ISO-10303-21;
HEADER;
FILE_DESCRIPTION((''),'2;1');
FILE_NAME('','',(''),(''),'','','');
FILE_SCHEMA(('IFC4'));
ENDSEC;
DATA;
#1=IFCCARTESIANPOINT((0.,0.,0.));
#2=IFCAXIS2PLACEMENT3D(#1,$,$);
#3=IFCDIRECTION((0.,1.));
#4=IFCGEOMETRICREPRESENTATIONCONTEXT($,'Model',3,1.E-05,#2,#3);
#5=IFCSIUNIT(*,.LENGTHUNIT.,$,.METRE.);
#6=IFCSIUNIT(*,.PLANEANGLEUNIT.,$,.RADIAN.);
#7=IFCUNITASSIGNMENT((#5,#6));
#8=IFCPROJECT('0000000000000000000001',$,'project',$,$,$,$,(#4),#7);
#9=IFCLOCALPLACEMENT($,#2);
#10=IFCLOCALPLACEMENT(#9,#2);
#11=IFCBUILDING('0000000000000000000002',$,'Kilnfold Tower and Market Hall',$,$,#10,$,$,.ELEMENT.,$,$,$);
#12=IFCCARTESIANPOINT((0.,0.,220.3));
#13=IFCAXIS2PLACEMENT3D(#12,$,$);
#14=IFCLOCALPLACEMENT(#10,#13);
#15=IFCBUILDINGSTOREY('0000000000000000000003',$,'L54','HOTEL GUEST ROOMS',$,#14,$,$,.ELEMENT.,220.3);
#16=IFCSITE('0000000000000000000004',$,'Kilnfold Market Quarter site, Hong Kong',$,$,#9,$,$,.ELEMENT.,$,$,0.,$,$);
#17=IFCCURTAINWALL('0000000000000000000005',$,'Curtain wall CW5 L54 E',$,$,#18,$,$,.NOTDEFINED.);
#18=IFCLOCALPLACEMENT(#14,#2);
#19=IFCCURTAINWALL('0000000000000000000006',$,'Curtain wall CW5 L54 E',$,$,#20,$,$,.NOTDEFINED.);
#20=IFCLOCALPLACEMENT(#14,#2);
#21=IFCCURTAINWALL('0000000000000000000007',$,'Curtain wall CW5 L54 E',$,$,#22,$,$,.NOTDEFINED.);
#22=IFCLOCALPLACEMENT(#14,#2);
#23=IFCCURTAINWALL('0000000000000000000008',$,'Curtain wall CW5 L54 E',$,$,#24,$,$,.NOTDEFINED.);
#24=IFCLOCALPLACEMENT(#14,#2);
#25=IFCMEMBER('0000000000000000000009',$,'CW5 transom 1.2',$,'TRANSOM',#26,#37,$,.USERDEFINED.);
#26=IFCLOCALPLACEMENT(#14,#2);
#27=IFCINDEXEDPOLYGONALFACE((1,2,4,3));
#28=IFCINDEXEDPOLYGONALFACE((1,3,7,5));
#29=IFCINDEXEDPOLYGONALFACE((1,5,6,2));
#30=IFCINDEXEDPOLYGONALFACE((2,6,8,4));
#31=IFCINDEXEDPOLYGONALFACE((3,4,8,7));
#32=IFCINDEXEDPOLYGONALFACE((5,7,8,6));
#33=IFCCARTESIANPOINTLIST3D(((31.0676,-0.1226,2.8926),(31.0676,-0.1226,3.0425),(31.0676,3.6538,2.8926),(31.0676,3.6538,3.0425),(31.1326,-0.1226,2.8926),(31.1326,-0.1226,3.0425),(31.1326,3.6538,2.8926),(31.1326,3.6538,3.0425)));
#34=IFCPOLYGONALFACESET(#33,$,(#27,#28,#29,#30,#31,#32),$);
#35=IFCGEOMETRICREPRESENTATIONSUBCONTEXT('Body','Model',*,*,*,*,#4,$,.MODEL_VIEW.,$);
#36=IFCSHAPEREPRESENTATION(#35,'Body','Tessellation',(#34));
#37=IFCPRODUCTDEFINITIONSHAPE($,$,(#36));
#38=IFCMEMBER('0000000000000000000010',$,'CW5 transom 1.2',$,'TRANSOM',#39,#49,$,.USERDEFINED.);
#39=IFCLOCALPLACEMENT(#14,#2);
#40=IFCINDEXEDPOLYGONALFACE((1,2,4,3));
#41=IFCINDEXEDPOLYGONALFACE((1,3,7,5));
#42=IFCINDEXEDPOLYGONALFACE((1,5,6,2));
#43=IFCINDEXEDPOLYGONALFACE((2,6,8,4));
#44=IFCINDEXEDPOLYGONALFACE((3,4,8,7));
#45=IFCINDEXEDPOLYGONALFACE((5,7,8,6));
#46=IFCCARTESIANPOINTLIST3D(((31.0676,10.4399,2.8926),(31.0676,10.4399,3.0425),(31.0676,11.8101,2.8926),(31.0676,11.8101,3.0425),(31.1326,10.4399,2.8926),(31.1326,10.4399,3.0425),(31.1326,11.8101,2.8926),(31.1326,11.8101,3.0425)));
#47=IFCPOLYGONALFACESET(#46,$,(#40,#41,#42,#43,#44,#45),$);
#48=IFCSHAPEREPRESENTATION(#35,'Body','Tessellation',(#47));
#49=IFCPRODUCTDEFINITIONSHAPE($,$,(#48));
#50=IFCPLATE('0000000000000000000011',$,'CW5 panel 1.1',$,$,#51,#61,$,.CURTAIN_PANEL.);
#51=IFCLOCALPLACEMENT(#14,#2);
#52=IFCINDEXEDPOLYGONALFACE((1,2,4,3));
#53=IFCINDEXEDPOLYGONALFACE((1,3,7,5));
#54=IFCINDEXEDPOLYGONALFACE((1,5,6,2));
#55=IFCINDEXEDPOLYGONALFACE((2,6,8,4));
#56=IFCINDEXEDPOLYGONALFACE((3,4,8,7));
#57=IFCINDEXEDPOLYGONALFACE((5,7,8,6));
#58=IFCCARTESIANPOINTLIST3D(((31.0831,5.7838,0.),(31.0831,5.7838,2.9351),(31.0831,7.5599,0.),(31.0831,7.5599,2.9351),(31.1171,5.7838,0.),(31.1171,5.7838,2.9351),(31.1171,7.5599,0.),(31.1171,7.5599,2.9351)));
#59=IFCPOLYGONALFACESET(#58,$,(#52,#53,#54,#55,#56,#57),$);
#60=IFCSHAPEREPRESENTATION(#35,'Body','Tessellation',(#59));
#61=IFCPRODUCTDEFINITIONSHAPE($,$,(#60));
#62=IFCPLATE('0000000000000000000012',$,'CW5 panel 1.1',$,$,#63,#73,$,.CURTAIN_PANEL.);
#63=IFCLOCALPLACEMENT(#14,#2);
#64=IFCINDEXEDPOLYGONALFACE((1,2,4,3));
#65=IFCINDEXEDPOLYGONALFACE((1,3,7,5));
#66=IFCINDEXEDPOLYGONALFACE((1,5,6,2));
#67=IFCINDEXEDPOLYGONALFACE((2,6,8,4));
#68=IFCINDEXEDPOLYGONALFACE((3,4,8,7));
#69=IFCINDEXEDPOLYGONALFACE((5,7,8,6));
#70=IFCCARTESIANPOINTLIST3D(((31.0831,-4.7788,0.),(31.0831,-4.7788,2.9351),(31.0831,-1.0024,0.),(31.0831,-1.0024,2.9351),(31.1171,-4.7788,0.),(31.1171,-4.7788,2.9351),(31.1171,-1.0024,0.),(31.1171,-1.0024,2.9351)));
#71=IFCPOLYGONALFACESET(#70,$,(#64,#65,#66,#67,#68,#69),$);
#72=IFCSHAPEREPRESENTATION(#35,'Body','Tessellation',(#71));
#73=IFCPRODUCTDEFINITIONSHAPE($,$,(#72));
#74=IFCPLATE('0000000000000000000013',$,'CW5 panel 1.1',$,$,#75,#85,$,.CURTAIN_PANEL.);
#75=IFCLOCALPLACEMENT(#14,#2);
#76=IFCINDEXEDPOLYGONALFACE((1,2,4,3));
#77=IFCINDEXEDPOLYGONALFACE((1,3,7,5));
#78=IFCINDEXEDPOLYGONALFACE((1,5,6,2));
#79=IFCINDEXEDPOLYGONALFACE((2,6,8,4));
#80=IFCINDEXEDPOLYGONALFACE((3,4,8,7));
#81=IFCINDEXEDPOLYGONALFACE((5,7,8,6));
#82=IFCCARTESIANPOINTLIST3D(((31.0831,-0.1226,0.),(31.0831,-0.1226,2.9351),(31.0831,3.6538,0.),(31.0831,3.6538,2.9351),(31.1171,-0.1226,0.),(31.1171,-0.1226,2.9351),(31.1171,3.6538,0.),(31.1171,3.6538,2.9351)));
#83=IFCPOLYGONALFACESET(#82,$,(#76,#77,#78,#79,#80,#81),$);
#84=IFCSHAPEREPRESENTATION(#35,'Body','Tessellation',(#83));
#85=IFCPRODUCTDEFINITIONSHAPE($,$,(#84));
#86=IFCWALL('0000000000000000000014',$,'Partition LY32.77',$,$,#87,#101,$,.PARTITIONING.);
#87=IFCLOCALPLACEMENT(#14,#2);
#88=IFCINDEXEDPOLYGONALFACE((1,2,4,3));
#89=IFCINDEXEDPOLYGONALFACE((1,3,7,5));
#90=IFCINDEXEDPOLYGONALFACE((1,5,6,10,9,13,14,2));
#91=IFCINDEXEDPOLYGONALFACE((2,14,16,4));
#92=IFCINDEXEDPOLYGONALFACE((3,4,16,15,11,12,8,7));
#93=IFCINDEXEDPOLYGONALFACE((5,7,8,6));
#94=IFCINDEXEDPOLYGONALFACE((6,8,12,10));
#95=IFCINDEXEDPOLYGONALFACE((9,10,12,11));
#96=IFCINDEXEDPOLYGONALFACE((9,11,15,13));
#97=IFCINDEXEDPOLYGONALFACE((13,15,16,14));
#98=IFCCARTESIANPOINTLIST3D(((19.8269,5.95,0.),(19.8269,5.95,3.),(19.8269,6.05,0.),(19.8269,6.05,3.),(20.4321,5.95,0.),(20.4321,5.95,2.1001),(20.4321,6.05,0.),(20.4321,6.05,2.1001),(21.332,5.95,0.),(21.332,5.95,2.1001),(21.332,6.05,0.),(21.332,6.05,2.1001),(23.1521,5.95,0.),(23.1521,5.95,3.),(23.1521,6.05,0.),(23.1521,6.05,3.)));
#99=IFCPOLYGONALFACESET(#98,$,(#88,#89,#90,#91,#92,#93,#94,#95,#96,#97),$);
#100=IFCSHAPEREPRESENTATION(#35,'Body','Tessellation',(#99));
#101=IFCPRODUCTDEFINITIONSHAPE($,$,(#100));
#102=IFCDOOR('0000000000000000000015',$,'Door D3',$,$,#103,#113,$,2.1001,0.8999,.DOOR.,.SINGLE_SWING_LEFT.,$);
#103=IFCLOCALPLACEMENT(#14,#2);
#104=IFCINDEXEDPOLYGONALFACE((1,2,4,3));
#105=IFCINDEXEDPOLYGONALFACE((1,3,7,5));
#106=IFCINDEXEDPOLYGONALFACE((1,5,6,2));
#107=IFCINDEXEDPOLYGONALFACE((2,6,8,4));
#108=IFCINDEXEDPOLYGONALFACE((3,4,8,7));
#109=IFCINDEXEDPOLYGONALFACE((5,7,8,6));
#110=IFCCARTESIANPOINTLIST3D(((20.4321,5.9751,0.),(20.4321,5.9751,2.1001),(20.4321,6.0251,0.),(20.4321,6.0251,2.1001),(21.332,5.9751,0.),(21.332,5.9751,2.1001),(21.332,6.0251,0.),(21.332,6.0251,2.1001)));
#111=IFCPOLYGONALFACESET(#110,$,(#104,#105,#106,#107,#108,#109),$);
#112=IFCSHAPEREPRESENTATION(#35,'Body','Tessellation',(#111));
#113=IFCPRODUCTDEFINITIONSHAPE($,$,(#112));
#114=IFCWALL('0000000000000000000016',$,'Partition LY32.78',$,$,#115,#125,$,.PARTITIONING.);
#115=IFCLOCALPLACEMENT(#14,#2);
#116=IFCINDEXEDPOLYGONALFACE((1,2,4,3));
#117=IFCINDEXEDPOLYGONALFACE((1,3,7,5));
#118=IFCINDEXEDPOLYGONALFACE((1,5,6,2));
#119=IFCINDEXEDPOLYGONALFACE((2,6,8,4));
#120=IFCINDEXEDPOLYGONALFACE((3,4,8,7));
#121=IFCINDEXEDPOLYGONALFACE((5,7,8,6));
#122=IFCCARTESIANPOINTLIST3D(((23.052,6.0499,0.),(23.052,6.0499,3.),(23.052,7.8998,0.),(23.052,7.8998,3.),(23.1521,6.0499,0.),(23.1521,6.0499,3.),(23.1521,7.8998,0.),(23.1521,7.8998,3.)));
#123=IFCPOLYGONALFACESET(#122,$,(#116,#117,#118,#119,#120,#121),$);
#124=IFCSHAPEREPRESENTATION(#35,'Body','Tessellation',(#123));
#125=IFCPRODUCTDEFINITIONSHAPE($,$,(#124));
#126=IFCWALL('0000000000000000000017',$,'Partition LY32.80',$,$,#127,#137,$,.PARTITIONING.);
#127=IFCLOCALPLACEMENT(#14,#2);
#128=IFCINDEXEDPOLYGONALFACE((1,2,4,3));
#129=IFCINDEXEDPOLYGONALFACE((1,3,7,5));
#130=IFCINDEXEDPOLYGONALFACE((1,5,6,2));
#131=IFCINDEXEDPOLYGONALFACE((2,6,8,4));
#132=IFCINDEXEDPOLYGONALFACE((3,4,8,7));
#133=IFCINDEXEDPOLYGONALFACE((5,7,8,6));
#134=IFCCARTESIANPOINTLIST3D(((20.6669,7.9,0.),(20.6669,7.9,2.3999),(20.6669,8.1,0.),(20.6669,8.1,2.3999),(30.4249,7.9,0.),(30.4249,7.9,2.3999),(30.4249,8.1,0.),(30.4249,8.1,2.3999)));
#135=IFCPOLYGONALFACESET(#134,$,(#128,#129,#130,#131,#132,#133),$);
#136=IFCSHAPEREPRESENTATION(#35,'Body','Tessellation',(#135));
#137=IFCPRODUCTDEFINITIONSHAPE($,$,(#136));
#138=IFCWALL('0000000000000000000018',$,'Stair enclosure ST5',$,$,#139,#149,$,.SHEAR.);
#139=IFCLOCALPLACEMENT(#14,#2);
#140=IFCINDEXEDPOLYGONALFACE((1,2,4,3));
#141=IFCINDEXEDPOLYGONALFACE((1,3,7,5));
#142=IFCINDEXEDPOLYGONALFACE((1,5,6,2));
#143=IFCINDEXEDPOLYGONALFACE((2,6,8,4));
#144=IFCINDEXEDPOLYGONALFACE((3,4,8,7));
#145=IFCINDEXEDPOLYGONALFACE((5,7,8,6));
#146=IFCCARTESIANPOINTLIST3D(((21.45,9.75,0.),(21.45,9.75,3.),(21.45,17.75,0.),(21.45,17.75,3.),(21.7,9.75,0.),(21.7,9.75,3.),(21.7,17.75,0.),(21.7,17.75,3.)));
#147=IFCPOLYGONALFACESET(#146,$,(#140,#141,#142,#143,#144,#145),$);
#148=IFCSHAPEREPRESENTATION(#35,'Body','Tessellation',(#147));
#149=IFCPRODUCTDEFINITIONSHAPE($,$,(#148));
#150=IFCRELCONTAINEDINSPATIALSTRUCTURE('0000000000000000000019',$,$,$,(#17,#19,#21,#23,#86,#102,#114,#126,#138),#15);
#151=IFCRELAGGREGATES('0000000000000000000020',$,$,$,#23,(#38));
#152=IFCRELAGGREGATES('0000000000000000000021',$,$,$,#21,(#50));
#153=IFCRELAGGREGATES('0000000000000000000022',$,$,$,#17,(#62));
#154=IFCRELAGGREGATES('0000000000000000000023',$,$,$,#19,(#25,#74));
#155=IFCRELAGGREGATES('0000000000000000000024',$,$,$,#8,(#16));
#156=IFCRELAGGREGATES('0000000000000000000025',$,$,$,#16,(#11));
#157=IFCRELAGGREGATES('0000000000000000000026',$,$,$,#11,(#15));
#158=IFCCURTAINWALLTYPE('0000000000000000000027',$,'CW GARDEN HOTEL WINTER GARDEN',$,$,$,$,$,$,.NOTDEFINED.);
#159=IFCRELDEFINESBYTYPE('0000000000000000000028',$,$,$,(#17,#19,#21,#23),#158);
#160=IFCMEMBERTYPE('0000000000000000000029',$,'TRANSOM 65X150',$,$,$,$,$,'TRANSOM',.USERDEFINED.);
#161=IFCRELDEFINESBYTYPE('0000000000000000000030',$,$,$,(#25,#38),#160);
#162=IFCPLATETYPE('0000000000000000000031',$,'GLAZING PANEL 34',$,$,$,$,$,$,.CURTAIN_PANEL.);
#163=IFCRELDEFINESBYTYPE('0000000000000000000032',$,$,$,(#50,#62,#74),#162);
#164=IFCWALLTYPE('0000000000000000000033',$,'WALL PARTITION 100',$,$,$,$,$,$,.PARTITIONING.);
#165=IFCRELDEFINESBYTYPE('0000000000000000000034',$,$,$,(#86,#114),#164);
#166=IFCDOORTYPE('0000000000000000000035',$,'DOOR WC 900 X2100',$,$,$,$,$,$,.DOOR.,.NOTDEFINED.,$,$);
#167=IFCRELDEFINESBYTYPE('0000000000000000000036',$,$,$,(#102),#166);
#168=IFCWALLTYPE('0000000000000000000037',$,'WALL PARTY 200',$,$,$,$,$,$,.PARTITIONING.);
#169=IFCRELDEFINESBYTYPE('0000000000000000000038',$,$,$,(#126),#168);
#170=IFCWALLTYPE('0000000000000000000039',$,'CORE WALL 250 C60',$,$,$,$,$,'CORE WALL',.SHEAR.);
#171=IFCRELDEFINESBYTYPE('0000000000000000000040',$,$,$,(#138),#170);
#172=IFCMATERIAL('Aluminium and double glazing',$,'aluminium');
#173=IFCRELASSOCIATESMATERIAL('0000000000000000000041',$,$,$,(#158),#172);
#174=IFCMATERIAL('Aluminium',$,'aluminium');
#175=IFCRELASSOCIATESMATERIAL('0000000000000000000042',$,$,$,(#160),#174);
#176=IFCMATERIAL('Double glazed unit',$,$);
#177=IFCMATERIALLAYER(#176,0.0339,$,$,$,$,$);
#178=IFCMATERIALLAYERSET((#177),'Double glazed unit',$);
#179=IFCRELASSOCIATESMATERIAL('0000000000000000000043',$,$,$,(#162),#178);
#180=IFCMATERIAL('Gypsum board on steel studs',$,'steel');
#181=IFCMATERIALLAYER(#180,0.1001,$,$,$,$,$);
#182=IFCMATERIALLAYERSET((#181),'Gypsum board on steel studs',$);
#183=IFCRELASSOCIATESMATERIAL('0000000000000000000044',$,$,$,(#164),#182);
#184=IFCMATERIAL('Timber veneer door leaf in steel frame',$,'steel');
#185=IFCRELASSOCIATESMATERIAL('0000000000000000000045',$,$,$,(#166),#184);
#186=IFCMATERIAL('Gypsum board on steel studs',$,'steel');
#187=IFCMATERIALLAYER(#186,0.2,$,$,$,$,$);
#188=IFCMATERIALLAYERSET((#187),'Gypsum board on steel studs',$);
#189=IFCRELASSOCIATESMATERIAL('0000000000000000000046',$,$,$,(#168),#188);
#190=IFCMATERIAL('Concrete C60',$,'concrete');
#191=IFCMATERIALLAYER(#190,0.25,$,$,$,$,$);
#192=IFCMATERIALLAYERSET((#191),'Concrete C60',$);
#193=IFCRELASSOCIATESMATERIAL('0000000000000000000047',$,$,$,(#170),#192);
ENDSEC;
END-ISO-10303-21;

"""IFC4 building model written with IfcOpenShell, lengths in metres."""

from ifc_helpers import new_model, si_unit, direction, frame, frame_2d, origin, origin_2d, place, context, subcontext, project, spatial, rectangle, extrude, source, transform, mapped, material, layer, layer_set, material_profile, profile_set, type_object, element, fill, aggregate, save


model = new_model("IFC4")

# Units and contexts
model_context = context("Model", 3, precision=1e-05, world=origin(), true_north=direction((0.0, 1.0)))
body_context = subcontext(model_context, "Body", "Model", "MODEL_VIEW")
ifc_project = project(units=[si_unit("LENGTHUNIT", "METRE"), si_unit("PLANEANGLEUNIT", "RADIAN")], contexts=[model_context])

# Site, building, storey
site_placement = place(None, origin())
site = spatial("IfcSite", under=ifc_project, at=site_placement, Name="Kilnfold Market Quarter site, Hong Kong", CompositionType="ELEMENT", RefElevation=0.0)
building_placement = place(site_placement, origin())
building = spatial("IfcBuilding", under=site, at=building_placement, Name="Kilnfold Tower and Market Hall", CompositionType="ELEMENT")
storey_placement = place(building_placement, frame((0.0, 0.0, 220.3)))
storey = spatial("IfcBuildingStorey", under=building, at=storey_placement, Name="L54", Description="HOTEL GUEST ROOMS", CompositionType="ELEMENT", Elevation=220.3)

# Curtain wall
ifc_material_1 = material(Name="Aluminium and double glazing", Category="aluminium")
curtain_wall_type = type_object("IfcCurtainWallType", Name="CW GARDEN HOTEL WINTER GARDEN", PredefinedType="NOTDEFINED", material=ifc_material_1)
curtain_wall_1_placement = place(storey_placement, origin())
curtain_wall_1 = element("IfcCurtainWall", 1, at=curtain_wall_1_placement, inside=storey, type_object=curtain_wall_type, Name="Curtain wall CW5 L54 E", PredefinedType="NOTDEFINED")

# Curtain walls
curtain_wall_2_placement = place(storey_placement, origin())
curtain_wall_2 = element("IfcCurtainWall", 2, at=curtain_wall_2_placement, inside=storey, type_object=curtain_wall_type, Name="Curtain wall CW5 L54 E", PredefinedType="NOTDEFINED")
curtain_wall_3_placement = place(storey_placement, origin())
curtain_wall_3 = element("IfcCurtainWall", 3, at=curtain_wall_3_placement, inside=storey, type_object=curtain_wall_type, Name="Curtain wall CW5 L54 E", PredefinedType="NOTDEFINED")

# Curtain wall
curtain_wall_4_placement = place(storey_placement, origin())
curtain_wall_4 = element("IfcCurtainWall", 4, at=curtain_wall_4_placement, inside=storey, type_object=curtain_wall_type, Name="Curtain wall CW5 L54 E", PredefinedType="NOTDEFINED")

# Members
ifc_material_2 = material(Name="Aluminium", Category="aluminium")
ifc_material_profile_1 = material_profile(ifc_material_2, rectangle(XDim=0.0649, YDim=0.1499, at=origin_2d()), Name="TRANSOM 65x150")
ifc_profile_set_1 = profile_set([ifc_material_profile_1], Name="Aluminium")
member_type_1 = type_object("IfcMemberType", Name="TRANSOM 65X150", ElementType="TRANSOM", PredefinedType="USERDEFINED", material=ifc_profile_set_1)
shared_shape_1 = source(origin(), body_context, "Body", "SweptSolid", [
    extrude(rectangle(XDim=0.0649, YDim=0.1499, at=origin_2d()), origin(), (0.0, 0.0, 1.0), 3.7764),
])
member_1_placement = place(storey_placement, frame((31.1001, -0.1226, 2.9675), z_axis=(0.0, 1.0, 0.0), x_axis=(-1.0, 0.0, 0.0)))
member_1 = element("IfcMember", 5, at=member_1_placement, type_object=member_type_1, Name="CW5 transom 1.2", ObjectType="TRANSOM", PredefinedType="USERDEFINED", context=body_context, shape_type="MappedRepresentation", body=[
    mapped(shared_shape_1, transform((0.0, 0.0, 0.0))),
])
shared_shape_2 = source(origin(), body_context, "Body", "SweptSolid", [
    extrude(rectangle(XDim=0.0649, YDim=0.1499, at=origin_2d()), origin(), (0.0, 0.0, 1.0), 1.3701),
])
member_2_placement = place(storey_placement, frame((31.1001, 10.4399, 2.9675), z_axis=(0.0, 1.0, 0.0), x_axis=(-1.0, 0.0, 0.0)))
member_2 = element("IfcMember", 6, at=member_2_placement, type_object=member_type_1, Name="CW5 transom 1.2", ObjectType="TRANSOM", PredefinedType="USERDEFINED", context=body_context, shape_type="MappedRepresentation", body=[
    mapped(shared_shape_2, transform((0.0, 0.0, 0.0))),
])
aggregate(curtain_wall_4, [member_2])

# Plates
ifc_material_3 = material(Name="Double glazed unit")
ifc_layer_1 = layer(ifc_material_3, 0.0339)
ifc_layer_set_1 = layer_set([ifc_layer_1], Name="Double glazed unit")
plate_type = type_object("IfcPlateType", Name="GLAZING PANEL 34", PredefinedType="CURTAIN_PANEL", material=ifc_layer_set_1)
shared_shape_3 = source(origin(), body_context, "Body", "SweptSolid", [
    extrude(rectangle(XDim=1.7761, YDim=0.0339, at=origin_2d()), origin(), (0.0, 0.0, 1.0), 2.9351),
])
plate_1_placement = place(storey_placement, frame((31.1001, 6.6719, 0.0), z_axis=(0.0, 0.0, 1.0), x_axis=(0.0, 1.0, 0.0)))
plate_1 = element("IfcPlate", 7, at=plate_1_placement, type_object=plate_type, Name="CW5 panel 1.1", PredefinedType="CURTAIN_PANEL", context=body_context, shape_type="MappedRepresentation", body=[
    mapped(shared_shape_3, transform((0.0, 0.0, 0.0))),
])
aggregate(curtain_wall_3, [plate_1])
shared_shape_4 = source(origin(), body_context, "Body", "SweptSolid", [
    extrude(rectangle(XDim=3.7764, YDim=0.0339, at=origin_2d()), origin(), (0.0, 0.0, 1.0), 2.9351),
])
plate_2_placement = place(storey_placement, frame((31.1001, -2.8906, 0.0), z_axis=(0.0, 0.0, 1.0), x_axis=(0.0, 1.0, 0.0)))
plate_2 = element("IfcPlate", 8, at=plate_2_placement, type_object=plate_type, Name="CW5 panel 1.1", PredefinedType="CURTAIN_PANEL", context=body_context, shape_type="MappedRepresentation", body=[
    mapped(shared_shape_4, transform((0.0, 0.0, 0.0))),
])
aggregate(curtain_wall_1, [plate_2])
plate_3_placement = place(storey_placement, frame((31.1001, 1.7656, 0.0), z_axis=(0.0, 0.0, 1.0), x_axis=(0.0, 1.0, 0.0)))
plate_3 = element("IfcPlate", 9, at=plate_3_placement, type_object=plate_type, Name="CW5 panel 1.1", PredefinedType="CURTAIN_PANEL", context=body_context, shape_type="MappedRepresentation", body=[
    mapped(shared_shape_4, transform((0.0, 0.0, 0.0))),
])
aggregate(curtain_wall_2, [member_1, plate_3])

# Wall, opening, door
ifc_material_4 = material(Name="Gypsum board on steel studs", Category="steel")
ifc_layer_2 = layer(ifc_material_4, 0.1001)
ifc_layer_set_2 = layer_set([ifc_layer_2], Name="Gypsum board on steel studs")
wall_type_1 = type_object("IfcWallType", Name="WALL PARTITION 100", PredefinedType="PARTITIONING", material=ifc_layer_set_2)
wall_1_placement = place(storey_placement, frame((23.1521, 6.0, 0.0), z_axis=(0.0, 0.0, 1.0), x_axis=(-1.0, 0.0, 0.0)))
wall_1 = element("IfcWall", 10, at=wall_1_placement, inside=storey, type_object=wall_type_1, Name="Partition LY32.77", PredefinedType="PARTITIONING", context=body_context, shape_type="SweptSolid", body=[
    extrude(rectangle(XDim=3.3252, YDim=0.1001, at=frame_2d((1.6626, 0.0))), origin(), (0.0, 0.0, 1.0), 3.0),
])
opening_1_placement = place(wall_1_placement, frame((1.8201, 0.0, 0.0)))
opening_1 = element("IfcOpeningElement", 11, at=opening_1_placement, cuts=wall_1, PredefinedType="OPENING", context=body_context, shape_type="SweptSolid", body=[
    extrude(rectangle(XDim=0.8999, YDim=2.1001, at=frame_2d((0.45, 1.05))), frame((0.0, 0.0601, 0.0), z_axis=(0.0, -1.0, 0.0), x_axis=(1.0, 0.0, 0.0)), (0.0, 0.0, 1.0), 0.1201),
])
ifc_material_5 = material(Name="Timber veneer door leaf in steel frame", Category="steel")
door_type_1 = type_object("IfcDoorType", Name="DOOR WC 900 X2100", OperationType="NOTDEFINED", PredefinedType="DOOR", material=ifc_material_5)
door_1_placement = place(opening_1_placement, origin())
door_1 = element("IfcDoor", 12, at=door_1_placement, inside=storey, type_object=door_type_1, Name="Door D3", OperationType="SINGLE_SWING_LEFT", OverallHeight=2.1001, OverallWidth=0.8999, PredefinedType="DOOR", context=body_context, shape_type="SweptSolid", body=[
    extrude(rectangle(XDim=0.8999, YDim=2.1001, at=frame_2d((0.45, 1.05))), frame((0.0, 0.0249, 0.0), z_axis=(0.0, -1.0, 0.0), x_axis=(1.0, 0.0, 0.0)), (0.0, 0.0, 1.0), 0.05),
])
fill(opening_1, door_1)

# Walls
wall_2_placement = place(storey_placement, frame((23.1021, 6.05, 0.0), z_axis=(0.0, 0.0, 1.0), x_axis=(0.0, 1.0, 0.0)))
element("IfcWall", 13, at=wall_2_placement, inside=storey, type_object=wall_type_1, Name="Partition LY32.78", PredefinedType="PARTITIONING", context=body_context, shape_type="SweptSolid", body=[
    extrude(rectangle(XDim=1.8499, YDim=0.1001, at=frame_2d((0.9248, 0.0))), origin(), (0.0, 0.0, 1.0), 3.0),
])
ifc_material_6 = material(Name="Gypsum board on steel studs", Category="steel")
ifc_layer_3 = layer(ifc_material_6, 0.2)
ifc_layer_set_3 = layer_set([ifc_layer_3], Name="Gypsum board on steel studs")
wall_type_2 = type_object("IfcWallType", Name="WALL PARTY 200", PredefinedType="PARTITIONING", material=ifc_layer_set_3)
wall_3_placement = place(storey_placement, frame((20.667, 8.0, 0.0), z_axis=(0.0, 0.0, 1.0), x_axis=(1.0, 0.0, 0.0)))
element("IfcWall", 14, at=wall_3_placement, inside=storey, type_object=wall_type_2, Name="Partition LY32.80", PredefinedType="PARTITIONING", context=body_context, shape_type="SweptSolid", body=[
    extrude(rectangle(XDim=9.7581, YDim=0.2, at=frame_2d((4.8789, 0.0))), origin(), (0.0, 0.0, 1.0), 2.3999),
])
ifc_material_7 = material(Name="Concrete C60", Category="concrete")
ifc_layer_4 = layer(ifc_material_7, 0.25)
ifc_layer_set_4 = layer_set([ifc_layer_4], Name="Concrete C60")
wall_type_3 = type_object("IfcWallType", Name="CORE WALL 250 C60", ElementType="CORE WALL", PredefinedType="SHEAR", material=ifc_layer_set_4)
shared_shape_5 = source(origin(), body_context, "Body", "SweptSolid", [
    extrude(rectangle(XDim=8.0, YDim=0.25, at=frame_2d((4.0, 0.0))), origin(), (0.0, 0.0, 1.0), 3.0),
])
wall_4_placement = place(storey_placement, frame((21.575, 9.75, 0.0), z_axis=(0.0, 0.0, 1.0), x_axis=(0.0, 1.0, 0.0)))
element("IfcWall", 15, at=wall_4_placement, inside=storey, type_object=wall_type_3, Name="Stair enclosure ST5", PredefinedType="SHEAR", context=body_context, shape_type="MappedRepresentation", body=[
    mapped(shared_shape_5, transform((0.0, 0.0, 0.0))),
])

save(model, "model.ifc")
